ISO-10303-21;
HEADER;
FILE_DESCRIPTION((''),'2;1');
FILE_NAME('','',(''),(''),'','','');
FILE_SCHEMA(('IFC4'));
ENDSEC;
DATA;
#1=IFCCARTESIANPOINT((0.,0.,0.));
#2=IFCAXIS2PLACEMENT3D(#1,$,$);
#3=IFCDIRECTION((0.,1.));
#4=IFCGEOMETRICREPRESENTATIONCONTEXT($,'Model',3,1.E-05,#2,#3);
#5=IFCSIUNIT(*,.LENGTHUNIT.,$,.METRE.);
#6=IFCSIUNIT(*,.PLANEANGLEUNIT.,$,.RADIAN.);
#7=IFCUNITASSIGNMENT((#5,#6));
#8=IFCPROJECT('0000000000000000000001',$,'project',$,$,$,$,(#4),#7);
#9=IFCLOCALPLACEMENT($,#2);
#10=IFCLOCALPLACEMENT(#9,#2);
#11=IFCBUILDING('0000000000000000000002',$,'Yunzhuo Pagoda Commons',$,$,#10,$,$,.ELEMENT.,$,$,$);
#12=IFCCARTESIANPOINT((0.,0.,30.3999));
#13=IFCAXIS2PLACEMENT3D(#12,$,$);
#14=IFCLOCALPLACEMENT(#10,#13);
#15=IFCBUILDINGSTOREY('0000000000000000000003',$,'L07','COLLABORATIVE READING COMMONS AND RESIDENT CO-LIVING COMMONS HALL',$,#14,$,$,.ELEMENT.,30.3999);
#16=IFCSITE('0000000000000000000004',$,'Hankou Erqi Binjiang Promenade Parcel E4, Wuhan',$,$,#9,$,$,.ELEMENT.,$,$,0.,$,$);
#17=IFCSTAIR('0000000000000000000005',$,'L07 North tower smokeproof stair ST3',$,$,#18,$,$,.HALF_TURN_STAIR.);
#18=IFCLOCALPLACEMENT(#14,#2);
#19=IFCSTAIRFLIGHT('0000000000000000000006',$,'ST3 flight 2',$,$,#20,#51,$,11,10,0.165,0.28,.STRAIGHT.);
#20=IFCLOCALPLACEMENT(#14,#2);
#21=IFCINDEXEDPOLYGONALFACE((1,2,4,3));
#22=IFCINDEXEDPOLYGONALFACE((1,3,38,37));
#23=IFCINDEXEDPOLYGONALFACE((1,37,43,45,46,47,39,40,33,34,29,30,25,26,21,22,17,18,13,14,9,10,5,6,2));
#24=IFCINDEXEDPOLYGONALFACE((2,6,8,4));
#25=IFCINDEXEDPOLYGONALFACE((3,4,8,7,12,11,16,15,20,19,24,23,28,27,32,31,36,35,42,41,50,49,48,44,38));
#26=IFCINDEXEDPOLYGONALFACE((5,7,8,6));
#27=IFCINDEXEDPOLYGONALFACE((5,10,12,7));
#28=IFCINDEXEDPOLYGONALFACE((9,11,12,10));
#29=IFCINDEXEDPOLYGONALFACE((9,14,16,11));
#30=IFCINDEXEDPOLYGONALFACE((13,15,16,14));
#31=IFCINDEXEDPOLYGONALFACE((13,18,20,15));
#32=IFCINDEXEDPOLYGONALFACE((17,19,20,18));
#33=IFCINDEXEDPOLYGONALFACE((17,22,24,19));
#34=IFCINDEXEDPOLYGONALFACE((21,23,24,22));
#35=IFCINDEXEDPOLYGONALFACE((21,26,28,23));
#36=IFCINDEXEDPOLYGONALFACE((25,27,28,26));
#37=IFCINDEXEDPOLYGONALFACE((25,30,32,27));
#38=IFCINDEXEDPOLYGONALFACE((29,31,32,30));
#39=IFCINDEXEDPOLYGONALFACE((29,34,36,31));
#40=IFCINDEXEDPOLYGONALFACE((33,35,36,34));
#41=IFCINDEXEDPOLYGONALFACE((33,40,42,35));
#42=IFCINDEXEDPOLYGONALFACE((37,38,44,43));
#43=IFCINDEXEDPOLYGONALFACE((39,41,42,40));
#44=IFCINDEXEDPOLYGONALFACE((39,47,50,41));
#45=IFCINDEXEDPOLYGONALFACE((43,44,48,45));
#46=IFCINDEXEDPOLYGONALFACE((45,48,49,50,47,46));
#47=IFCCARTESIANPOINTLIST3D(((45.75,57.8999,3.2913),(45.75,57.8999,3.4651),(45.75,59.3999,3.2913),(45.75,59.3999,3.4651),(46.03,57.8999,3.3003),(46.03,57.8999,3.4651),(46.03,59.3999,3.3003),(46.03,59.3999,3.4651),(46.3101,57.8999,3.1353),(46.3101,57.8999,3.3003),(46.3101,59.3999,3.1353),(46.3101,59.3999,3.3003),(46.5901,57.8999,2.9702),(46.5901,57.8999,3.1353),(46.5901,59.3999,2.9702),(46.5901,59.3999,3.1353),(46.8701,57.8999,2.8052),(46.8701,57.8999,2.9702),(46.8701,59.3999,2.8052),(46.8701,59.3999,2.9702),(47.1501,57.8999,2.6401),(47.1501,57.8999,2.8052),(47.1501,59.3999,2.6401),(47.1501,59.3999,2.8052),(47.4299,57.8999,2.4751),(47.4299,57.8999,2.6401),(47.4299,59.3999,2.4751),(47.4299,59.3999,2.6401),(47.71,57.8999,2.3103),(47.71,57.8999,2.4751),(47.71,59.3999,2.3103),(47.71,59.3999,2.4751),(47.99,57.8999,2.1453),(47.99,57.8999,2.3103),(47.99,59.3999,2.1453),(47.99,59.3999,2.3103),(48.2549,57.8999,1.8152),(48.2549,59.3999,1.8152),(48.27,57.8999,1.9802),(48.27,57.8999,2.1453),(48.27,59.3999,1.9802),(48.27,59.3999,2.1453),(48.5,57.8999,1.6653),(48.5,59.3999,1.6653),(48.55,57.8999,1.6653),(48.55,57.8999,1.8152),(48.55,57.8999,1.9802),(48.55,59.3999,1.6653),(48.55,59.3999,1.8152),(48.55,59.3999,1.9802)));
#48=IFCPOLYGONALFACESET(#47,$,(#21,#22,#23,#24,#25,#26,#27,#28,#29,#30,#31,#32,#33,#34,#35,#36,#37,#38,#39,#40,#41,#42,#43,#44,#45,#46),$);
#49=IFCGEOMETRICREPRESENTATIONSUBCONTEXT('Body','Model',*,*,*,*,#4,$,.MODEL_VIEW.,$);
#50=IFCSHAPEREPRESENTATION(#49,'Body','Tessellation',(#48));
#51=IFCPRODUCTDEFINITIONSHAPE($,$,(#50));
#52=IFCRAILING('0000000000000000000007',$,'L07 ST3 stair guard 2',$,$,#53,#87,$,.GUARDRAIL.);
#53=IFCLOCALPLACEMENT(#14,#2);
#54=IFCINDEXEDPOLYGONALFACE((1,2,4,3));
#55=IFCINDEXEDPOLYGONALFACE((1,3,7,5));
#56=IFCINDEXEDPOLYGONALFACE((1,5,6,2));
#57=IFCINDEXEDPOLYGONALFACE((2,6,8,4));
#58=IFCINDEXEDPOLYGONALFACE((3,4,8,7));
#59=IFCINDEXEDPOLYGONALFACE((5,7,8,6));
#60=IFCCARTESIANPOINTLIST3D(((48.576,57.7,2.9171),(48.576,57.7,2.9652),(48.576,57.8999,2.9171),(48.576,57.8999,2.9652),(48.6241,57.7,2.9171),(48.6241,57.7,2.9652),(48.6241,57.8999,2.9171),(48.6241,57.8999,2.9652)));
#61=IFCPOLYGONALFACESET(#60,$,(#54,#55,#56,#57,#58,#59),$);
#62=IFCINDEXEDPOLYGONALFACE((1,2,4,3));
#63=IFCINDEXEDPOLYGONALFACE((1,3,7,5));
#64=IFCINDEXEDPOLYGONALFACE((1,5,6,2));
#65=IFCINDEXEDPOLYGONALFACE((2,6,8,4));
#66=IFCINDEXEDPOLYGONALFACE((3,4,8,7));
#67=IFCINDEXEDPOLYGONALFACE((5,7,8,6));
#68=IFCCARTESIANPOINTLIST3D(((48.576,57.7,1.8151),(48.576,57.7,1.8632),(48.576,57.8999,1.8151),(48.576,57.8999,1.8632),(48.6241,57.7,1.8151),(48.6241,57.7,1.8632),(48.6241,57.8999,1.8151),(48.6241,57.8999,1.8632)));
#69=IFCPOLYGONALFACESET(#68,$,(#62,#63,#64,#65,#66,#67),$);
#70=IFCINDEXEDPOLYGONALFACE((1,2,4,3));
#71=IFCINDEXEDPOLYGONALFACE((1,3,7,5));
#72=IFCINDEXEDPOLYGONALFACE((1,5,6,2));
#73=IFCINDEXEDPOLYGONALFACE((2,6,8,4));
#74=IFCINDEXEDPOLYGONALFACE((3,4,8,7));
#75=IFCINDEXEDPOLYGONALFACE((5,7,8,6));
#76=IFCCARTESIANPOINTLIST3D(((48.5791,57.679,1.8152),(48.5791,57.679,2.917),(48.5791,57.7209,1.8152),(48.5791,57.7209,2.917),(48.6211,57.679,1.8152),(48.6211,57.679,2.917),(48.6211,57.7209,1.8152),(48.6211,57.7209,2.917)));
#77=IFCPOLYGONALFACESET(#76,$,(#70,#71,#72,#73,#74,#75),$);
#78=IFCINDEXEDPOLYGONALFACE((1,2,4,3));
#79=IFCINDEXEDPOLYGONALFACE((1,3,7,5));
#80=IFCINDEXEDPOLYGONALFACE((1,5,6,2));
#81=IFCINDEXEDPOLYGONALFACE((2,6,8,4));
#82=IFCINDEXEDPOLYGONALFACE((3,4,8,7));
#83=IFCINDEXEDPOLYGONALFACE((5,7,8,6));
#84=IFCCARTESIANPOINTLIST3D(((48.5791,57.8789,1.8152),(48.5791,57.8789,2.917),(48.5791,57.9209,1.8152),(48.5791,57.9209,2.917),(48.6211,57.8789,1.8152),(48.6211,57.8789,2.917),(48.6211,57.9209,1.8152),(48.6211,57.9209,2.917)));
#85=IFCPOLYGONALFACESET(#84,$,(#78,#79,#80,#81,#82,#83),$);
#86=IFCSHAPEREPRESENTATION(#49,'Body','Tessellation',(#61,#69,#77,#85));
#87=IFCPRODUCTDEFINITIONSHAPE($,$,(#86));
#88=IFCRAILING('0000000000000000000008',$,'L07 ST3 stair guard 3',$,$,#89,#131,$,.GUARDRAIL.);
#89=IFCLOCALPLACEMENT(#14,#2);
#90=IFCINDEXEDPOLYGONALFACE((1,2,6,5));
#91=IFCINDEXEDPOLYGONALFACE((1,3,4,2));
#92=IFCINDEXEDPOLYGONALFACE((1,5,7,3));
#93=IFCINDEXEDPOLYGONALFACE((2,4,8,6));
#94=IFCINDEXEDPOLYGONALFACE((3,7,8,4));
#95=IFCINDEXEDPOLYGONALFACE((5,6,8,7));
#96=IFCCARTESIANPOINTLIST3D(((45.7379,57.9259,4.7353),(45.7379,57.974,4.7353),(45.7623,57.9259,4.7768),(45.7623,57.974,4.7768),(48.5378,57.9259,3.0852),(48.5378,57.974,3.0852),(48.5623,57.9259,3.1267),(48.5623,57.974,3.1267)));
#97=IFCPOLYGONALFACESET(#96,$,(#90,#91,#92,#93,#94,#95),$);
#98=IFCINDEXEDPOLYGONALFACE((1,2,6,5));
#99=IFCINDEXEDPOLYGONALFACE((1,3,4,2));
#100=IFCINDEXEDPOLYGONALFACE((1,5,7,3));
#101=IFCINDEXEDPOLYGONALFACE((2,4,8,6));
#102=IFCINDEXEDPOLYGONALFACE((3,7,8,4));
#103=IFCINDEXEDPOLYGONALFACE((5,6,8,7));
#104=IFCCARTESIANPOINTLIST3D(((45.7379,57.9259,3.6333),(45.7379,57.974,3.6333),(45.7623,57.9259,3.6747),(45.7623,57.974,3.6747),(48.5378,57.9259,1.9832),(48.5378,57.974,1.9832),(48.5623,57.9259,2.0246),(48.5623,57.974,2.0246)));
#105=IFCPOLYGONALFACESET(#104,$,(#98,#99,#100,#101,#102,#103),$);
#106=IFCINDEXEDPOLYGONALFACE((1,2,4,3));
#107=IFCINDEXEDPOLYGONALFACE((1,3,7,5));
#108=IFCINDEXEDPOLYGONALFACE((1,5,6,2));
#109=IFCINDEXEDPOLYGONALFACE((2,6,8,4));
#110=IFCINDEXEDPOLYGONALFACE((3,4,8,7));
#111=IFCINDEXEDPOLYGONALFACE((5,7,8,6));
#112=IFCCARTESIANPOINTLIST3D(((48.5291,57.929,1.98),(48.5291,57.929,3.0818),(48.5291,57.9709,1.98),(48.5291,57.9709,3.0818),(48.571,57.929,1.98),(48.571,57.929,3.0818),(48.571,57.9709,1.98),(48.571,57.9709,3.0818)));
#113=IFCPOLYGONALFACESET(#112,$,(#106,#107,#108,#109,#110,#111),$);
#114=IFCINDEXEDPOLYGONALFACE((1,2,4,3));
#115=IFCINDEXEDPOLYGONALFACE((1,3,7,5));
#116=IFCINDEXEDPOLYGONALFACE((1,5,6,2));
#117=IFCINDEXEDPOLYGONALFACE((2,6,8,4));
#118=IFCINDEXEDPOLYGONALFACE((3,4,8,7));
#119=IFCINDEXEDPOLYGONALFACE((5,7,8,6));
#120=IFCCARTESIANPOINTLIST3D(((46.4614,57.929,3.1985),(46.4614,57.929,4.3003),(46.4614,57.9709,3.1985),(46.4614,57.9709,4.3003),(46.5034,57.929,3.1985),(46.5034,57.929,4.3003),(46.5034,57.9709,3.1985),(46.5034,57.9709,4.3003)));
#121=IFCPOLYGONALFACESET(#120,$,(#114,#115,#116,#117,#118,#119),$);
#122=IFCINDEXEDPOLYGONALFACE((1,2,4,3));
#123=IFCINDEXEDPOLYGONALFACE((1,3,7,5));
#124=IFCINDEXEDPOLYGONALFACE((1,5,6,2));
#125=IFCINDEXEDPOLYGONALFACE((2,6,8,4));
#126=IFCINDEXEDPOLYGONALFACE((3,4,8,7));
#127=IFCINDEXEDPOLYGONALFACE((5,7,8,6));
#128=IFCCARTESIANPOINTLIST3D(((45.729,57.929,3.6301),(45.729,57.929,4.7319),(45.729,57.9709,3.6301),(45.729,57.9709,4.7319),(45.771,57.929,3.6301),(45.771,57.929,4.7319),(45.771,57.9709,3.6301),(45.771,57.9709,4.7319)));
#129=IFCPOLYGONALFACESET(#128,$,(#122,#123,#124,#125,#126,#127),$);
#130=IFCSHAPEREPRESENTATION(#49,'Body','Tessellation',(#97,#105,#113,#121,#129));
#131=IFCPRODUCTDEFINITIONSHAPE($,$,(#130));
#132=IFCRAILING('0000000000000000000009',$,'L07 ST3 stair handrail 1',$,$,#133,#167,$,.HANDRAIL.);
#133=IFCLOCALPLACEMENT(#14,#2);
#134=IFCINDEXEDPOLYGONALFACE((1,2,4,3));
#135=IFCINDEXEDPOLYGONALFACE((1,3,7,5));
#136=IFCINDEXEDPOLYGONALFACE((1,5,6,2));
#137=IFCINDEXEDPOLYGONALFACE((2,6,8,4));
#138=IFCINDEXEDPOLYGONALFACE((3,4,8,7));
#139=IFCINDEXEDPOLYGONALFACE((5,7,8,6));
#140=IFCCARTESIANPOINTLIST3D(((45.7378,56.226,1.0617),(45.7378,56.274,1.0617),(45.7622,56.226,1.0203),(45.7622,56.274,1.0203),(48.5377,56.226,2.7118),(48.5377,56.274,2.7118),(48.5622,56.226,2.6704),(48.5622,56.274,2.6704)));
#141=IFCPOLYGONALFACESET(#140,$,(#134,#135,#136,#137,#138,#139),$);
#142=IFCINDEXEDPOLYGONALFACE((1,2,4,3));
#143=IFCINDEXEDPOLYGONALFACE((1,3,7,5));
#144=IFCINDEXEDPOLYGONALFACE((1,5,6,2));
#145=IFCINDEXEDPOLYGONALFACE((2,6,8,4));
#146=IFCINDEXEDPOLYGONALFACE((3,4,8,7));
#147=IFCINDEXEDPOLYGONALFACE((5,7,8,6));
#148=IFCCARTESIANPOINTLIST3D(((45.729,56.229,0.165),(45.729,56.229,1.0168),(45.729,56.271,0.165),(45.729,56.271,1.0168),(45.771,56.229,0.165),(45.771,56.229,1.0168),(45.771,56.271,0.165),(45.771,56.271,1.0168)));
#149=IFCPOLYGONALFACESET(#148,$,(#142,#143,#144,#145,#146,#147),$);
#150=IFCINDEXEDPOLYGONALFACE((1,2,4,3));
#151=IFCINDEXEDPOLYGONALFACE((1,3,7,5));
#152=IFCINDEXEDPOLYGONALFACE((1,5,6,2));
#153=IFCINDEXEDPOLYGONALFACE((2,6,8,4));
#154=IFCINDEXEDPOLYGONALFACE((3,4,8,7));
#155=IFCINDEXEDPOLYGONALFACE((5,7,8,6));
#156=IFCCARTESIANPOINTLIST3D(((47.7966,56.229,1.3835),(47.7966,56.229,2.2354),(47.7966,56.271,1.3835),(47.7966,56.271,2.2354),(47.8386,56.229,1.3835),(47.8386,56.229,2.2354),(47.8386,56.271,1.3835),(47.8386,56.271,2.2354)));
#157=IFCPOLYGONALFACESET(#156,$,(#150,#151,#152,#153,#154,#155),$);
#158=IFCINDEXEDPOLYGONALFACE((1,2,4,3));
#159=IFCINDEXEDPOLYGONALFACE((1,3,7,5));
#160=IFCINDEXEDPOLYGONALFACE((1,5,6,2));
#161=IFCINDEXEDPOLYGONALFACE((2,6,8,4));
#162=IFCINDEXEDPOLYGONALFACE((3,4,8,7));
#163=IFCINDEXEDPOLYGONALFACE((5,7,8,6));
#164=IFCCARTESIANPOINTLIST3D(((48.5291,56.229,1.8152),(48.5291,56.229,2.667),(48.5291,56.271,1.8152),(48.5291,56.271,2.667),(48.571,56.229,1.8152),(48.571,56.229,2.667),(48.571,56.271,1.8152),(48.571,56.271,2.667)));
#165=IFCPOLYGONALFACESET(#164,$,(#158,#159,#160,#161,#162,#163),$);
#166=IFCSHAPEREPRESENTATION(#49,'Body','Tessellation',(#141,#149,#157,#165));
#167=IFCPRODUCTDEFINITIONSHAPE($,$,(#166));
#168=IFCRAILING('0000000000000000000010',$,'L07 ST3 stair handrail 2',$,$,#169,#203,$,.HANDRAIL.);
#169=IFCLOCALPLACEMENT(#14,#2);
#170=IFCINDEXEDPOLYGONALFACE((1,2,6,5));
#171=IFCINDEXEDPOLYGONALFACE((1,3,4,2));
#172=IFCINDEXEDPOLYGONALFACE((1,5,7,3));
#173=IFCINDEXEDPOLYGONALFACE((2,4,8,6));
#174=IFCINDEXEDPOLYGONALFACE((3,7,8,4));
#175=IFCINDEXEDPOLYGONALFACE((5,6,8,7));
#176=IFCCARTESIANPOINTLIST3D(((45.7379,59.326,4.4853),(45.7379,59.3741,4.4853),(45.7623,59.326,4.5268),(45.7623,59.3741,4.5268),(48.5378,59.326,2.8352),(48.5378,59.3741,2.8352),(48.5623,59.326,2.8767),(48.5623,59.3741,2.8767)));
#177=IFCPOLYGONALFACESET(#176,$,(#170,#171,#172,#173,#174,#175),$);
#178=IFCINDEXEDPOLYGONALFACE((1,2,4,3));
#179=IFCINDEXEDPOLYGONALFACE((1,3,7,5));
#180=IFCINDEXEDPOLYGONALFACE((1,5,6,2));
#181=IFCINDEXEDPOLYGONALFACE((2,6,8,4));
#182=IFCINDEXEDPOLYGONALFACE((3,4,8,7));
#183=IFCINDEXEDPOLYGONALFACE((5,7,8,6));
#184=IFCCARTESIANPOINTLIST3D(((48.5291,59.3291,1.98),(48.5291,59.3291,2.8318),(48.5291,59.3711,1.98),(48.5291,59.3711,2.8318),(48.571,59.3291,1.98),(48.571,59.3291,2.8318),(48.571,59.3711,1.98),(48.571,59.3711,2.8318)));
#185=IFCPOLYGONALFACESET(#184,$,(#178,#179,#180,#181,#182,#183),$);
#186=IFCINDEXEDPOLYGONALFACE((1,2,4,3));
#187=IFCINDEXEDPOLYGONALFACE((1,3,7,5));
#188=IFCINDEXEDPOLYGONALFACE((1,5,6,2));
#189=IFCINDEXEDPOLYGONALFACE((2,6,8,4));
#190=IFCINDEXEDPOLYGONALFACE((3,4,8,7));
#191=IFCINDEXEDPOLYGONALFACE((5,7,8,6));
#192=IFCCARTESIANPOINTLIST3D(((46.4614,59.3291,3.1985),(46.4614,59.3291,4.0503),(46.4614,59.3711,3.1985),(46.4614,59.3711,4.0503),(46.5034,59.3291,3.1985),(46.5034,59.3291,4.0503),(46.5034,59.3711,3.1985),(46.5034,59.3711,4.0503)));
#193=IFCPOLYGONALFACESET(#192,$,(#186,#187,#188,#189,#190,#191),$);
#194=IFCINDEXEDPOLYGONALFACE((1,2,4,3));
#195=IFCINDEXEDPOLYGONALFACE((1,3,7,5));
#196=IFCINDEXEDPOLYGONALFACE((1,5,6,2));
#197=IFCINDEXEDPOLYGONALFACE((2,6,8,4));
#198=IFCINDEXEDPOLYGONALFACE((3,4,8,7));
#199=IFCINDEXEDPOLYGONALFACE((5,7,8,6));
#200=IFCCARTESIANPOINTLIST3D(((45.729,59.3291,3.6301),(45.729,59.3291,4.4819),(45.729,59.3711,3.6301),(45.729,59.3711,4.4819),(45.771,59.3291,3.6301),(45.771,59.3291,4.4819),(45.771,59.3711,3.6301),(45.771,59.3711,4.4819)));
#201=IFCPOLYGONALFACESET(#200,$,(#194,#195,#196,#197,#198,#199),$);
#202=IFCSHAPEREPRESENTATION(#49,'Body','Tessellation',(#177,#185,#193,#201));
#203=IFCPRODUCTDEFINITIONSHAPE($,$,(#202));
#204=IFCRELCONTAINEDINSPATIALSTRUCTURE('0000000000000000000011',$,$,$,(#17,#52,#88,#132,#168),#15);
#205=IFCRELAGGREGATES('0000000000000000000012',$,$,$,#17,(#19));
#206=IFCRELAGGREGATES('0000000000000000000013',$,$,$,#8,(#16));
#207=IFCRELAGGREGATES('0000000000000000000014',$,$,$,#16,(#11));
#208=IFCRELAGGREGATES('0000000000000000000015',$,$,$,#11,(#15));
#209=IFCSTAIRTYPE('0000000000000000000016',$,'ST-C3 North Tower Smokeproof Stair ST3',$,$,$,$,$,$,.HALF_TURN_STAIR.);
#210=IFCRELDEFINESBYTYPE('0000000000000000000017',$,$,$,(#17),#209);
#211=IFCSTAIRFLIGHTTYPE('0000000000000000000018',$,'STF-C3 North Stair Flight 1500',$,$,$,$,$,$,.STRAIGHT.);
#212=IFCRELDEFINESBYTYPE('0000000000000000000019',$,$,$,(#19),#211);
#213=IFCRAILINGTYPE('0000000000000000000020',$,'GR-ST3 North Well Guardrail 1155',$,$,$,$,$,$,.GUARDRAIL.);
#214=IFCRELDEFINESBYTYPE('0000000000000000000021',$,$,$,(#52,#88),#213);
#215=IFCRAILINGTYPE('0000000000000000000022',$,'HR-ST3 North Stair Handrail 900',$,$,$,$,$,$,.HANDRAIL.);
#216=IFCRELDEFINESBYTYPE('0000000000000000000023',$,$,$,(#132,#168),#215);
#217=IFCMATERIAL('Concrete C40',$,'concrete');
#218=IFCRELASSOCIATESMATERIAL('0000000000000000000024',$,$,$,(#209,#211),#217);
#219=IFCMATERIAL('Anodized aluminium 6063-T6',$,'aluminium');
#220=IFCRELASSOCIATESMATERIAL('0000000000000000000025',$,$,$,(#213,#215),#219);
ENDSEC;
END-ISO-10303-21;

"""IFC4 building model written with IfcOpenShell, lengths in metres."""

from ifc_helpers import new_model, si_unit, direction, frame, origin, origin_2d, place, context, subcontext, project, spatial, polyline, rectangle, outline, extrude, source, transform, mapped, material, type_object, element, aggregate, save


model = new_model("IFC4")

# Units and contexts
model_context = context("Model", 3, precision=1e-05, world=origin(), true_north=direction((0.0, 1.0)))
body_context = subcontext(model_context, "Body", "Model", "MODEL_VIEW")
ifc_project = project(units=[si_unit("LENGTHUNIT", "METRE"), si_unit("PLANEANGLEUNIT", "RADIAN")], contexts=[model_context])

# Site, building, storey
site_placement = place(None, origin())
site = spatial("IfcSite", under=ifc_project, at=site_placement, Name="Hankou Erqi Binjiang Promenade Parcel E4, Wuhan", CompositionType="ELEMENT", RefElevation=0.0)
building_placement = place(site_placement, origin())
building = spatial("IfcBuilding", under=site, at=building_placement, Name="Yunzhuo Pagoda Commons", CompositionType="ELEMENT")
storey_placement = place(building_placement, frame((0.0, 0.0, 30.3999)))
storey = spatial("IfcBuildingStorey", under=building, at=storey_placement, Name="L07", Description="COLLABORATIVE READING COMMONS AND RESIDENT CO-LIVING COMMONS HALL", CompositionType="ELEMENT", Elevation=30.3999)

# Shared definitions
ifc_material_1 = material(Name="Anodized aluminium 6063-T6", Category="aluminium")

# Stair, stair flight
ifc_material_2 = material(Name="Concrete C40", Category="concrete")
stair_type = type_object("IfcStairType", Name="ST-C3 North Tower Smokeproof Stair ST3", PredefinedType="HALF_TURN_STAIR", material=ifc_material_2)
stair_placement = place(storey_placement, origin())
stair = element("IfcStair", 1, at=stair_placement, inside=storey, type_object=stair_type, Name="L07 North tower smokeproof stair ST3", PredefinedType="HALF_TURN_STAIR")
stair_flight_type = type_object("IfcStairFlightType", Name="STF-C3 North Stair Flight 1500", PredefinedType="STRAIGHT", material=ifc_material_2)
shared_shape_1 = source(origin(), body_context, "Body", "SweptSolid", [
    extrude(outline(polyline([(0.0, -0.1499), (0.0, 0.0), (0.0, 0.165), (0.28, 0.165), (0.28, 0.3301), (0.5601, 0.3301), (0.5601, 0.4951), (0.8401, 0.4951), (0.8401, 0.6599), (1.1201, 0.6599), (1.1201, 0.825), (1.3999, 0.825), (1.3999, 0.99), (1.6799, 0.99), (1.6799, 1.155), (1.96, 1.155), (1.96, 1.3201), (2.24, 1.3201), (2.24, 1.4851), (2.52, 1.4851), (2.52, 1.6499), (2.8, 1.6499), (2.8, 1.8149), (2.8, 1.4761), (0.2952, 0.0), (0.05, -0.1499), (0.0, -0.1499)])), frame((0.0, 0.75, 0.0), z_axis=(0.0, -1.0, 0.0), x_axis=(1.0, 0.0, 0.0)), (0.0, 0.0, 1.0), 1.5),
])
stair_flight_placement = place(storey_placement, frame((48.55, 58.6499, 1.8152), z_axis=(0.0, 0.0, 1.0), x_axis=(-1.0, 0.0, 0.0)))
stair_flight = element("IfcStairFlight", 2, at=stair_flight_placement, type_object=stair_flight_type, Name="ST3 flight 2", NumberOfRisers=11, NumberOfTreads=10, PredefinedType="STRAIGHT", RiserHeight=0.165, TreadLength=0.28, context=body_context, shape_type="MappedRepresentation", body=[
    mapped(shared_shape_1, transform((0.0, 0.0, 0.0), scale=1.0)),
])
aggregate(stair, [stair_flight])

# Railings
railing_type_1 = type_object("IfcRailingType", Name="GR-ST3 North Well Guardrail 1155", PredefinedType="GUARDRAIL", material=ifc_material_1)
railing_1_placement = place(storey_placement, frame((48.6001, 57.7, 1.8152)))
element("IfcRailing", 3, at=railing_1_placement, inside=storey, type_object=railing_type_1, Name="L07 ST3 stair guard 2", PredefinedType="GUARDRAIL", context=body_context, shape_type="SweptSolid", body=[
    extrude(rectangle(XDim=0.0481, YDim=0.0481, at=origin_2d()), frame((0.0, 0.0, 1.126), z_axis=(0.0, 1.0, 0.0), x_axis=(-1.0, 0.0, 0.0)), (0.0, 0.0, 1.0), 0.2),
    extrude(rectangle(XDim=0.0481, YDim=0.0481, at=origin_2d()), frame((0.0, 0.0, 0.0239), z_axis=(0.0, 1.0, 0.0), x_axis=(-1.0, 0.0, 0.0)), (0.0, 0.0, 1.0), 0.2),
    extrude(rectangle(XDim=0.042, YDim=0.042, at=origin_2d()), origin(), (0.0, 0.0, 1.0), 1.1018),
    extrude(rectangle(XDim=0.042, YDim=0.042, at=origin_2d()), frame((0.0, 0.2, 0.0)), (0.0, 0.0, 1.0), 1.1018),
])
railing_2_placement = place(storey_placement, frame((48.55, 57.95, 1.98)))
element("IfcRailing", 4, at=railing_2_placement, inside=storey, type_object=railing_type_1, Name="L07 ST3 stair guard 3", PredefinedType="GUARDRAIL", context=body_context, shape_type="SweptSolid", body=[
    extrude(rectangle(XDim=0.0481, YDim=0.0481, at=origin_2d()), frame((0.0, 0.0, 1.126), z_axis=(-0.861523, 0.0, 0.507719), x_axis=(0.0, -1.0, 0.0)), (0.0, 0.0, 1.0), 3.25),
    extrude(rectangle(XDim=0.0481, YDim=0.0481, at=origin_2d()), frame((0.0, 0.0, 0.0239), z_axis=(-0.861523, 0.0, 0.507719), x_axis=(0.0, -1.0, 0.0)), (0.0, 0.0, 1.0), 3.25),
    extrude(rectangle(XDim=0.042, YDim=0.042, at=origin_2d()), origin(), (0.0, 0.0, 1.0), 1.1018),
    extrude(rectangle(XDim=0.042, YDim=0.042, at=origin_2d()), frame((-2.0676, 0.0, 1.2185)), (0.0, 0.0, 1.0), 1.1018),
    extrude(rectangle(XDim=0.042, YDim=0.042, at=origin_2d()), frame((-2.8, 0.0, 1.6501)), (0.0, 0.0, 1.0), 1.1018),
])
railing_type_2 = type_object("IfcRailingType", Name="HR-ST3 North Stair Handrail 900", PredefinedType="HANDRAIL", material=ifc_material_1)
railing_3_placement = place(storey_placement, frame((45.75, 56.25, 0.165)))
element("IfcRailing", 5, at=railing_3_placement, inside=storey, type_object=railing_type_2, Name="L07 ST3 stair handrail 1", PredefinedType="HANDRAIL", context=body_context, shape_type="SweptSolid", body=[
    extrude(rectangle(XDim=0.0481, YDim=0.0481, at=origin_2d()), frame((0.0, 0.0, 0.876), z_axis=(0.861523, 0.0, 0.507719), x_axis=(0.0, 1.0, 0.0)), (0.0, 0.0, 1.0), 3.25),
    extrude(rectangle(XDim=0.042, YDim=0.042, at=origin_2d()), origin(), (0.0, 0.0, 1.0), 0.8518),
    extrude(rectangle(XDim=0.042, YDim=0.042, at=origin_2d()), frame((2.0676, 0.0, 1.2185)), (0.0, 0.0, 1.0), 0.8518),
    extrude(rectangle(XDim=0.042, YDim=0.042, at=origin_2d()), frame((2.8, 0.0, 1.6501)), (0.0, 0.0, 1.0), 0.8518),
])
railing_4_placement = place(storey_placement, frame((48.55, 59.3501, 1.98)))
element("IfcRailing", 6, at=railing_4_placement, inside=storey, type_object=railing_type_2, Name="L07 ST3 stair handrail 2", PredefinedType="HANDRAIL", context=body_context, shape_type="SweptSolid", body=[
    extrude(rectangle(XDim=0.0481, YDim=0.0481, at=origin_2d()), frame((0.0, 0.0, 0.876), z_axis=(-0.861523, 0.0, 0.507719), x_axis=(0.0, -1.0, 0.0)), (0.0, 0.0, 1.0), 3.25),
    extrude(rectangle(XDim=0.042, YDim=0.042, at=origin_2d()), origin(), (0.0, 0.0, 1.0), 0.8518),
    extrude(rectangle(XDim=0.042, YDim=0.042, at=origin_2d()), frame((-2.0676, 0.0, 1.2185)), (0.0, 0.0, 1.0), 0.8518),
    extrude(rectangle(XDim=0.042, YDim=0.042, at=origin_2d()), frame((-2.8, 0.0, 1.6501)), (0.0, 0.0, 1.0), 0.8518),
])

save(model, "model.ifc")
